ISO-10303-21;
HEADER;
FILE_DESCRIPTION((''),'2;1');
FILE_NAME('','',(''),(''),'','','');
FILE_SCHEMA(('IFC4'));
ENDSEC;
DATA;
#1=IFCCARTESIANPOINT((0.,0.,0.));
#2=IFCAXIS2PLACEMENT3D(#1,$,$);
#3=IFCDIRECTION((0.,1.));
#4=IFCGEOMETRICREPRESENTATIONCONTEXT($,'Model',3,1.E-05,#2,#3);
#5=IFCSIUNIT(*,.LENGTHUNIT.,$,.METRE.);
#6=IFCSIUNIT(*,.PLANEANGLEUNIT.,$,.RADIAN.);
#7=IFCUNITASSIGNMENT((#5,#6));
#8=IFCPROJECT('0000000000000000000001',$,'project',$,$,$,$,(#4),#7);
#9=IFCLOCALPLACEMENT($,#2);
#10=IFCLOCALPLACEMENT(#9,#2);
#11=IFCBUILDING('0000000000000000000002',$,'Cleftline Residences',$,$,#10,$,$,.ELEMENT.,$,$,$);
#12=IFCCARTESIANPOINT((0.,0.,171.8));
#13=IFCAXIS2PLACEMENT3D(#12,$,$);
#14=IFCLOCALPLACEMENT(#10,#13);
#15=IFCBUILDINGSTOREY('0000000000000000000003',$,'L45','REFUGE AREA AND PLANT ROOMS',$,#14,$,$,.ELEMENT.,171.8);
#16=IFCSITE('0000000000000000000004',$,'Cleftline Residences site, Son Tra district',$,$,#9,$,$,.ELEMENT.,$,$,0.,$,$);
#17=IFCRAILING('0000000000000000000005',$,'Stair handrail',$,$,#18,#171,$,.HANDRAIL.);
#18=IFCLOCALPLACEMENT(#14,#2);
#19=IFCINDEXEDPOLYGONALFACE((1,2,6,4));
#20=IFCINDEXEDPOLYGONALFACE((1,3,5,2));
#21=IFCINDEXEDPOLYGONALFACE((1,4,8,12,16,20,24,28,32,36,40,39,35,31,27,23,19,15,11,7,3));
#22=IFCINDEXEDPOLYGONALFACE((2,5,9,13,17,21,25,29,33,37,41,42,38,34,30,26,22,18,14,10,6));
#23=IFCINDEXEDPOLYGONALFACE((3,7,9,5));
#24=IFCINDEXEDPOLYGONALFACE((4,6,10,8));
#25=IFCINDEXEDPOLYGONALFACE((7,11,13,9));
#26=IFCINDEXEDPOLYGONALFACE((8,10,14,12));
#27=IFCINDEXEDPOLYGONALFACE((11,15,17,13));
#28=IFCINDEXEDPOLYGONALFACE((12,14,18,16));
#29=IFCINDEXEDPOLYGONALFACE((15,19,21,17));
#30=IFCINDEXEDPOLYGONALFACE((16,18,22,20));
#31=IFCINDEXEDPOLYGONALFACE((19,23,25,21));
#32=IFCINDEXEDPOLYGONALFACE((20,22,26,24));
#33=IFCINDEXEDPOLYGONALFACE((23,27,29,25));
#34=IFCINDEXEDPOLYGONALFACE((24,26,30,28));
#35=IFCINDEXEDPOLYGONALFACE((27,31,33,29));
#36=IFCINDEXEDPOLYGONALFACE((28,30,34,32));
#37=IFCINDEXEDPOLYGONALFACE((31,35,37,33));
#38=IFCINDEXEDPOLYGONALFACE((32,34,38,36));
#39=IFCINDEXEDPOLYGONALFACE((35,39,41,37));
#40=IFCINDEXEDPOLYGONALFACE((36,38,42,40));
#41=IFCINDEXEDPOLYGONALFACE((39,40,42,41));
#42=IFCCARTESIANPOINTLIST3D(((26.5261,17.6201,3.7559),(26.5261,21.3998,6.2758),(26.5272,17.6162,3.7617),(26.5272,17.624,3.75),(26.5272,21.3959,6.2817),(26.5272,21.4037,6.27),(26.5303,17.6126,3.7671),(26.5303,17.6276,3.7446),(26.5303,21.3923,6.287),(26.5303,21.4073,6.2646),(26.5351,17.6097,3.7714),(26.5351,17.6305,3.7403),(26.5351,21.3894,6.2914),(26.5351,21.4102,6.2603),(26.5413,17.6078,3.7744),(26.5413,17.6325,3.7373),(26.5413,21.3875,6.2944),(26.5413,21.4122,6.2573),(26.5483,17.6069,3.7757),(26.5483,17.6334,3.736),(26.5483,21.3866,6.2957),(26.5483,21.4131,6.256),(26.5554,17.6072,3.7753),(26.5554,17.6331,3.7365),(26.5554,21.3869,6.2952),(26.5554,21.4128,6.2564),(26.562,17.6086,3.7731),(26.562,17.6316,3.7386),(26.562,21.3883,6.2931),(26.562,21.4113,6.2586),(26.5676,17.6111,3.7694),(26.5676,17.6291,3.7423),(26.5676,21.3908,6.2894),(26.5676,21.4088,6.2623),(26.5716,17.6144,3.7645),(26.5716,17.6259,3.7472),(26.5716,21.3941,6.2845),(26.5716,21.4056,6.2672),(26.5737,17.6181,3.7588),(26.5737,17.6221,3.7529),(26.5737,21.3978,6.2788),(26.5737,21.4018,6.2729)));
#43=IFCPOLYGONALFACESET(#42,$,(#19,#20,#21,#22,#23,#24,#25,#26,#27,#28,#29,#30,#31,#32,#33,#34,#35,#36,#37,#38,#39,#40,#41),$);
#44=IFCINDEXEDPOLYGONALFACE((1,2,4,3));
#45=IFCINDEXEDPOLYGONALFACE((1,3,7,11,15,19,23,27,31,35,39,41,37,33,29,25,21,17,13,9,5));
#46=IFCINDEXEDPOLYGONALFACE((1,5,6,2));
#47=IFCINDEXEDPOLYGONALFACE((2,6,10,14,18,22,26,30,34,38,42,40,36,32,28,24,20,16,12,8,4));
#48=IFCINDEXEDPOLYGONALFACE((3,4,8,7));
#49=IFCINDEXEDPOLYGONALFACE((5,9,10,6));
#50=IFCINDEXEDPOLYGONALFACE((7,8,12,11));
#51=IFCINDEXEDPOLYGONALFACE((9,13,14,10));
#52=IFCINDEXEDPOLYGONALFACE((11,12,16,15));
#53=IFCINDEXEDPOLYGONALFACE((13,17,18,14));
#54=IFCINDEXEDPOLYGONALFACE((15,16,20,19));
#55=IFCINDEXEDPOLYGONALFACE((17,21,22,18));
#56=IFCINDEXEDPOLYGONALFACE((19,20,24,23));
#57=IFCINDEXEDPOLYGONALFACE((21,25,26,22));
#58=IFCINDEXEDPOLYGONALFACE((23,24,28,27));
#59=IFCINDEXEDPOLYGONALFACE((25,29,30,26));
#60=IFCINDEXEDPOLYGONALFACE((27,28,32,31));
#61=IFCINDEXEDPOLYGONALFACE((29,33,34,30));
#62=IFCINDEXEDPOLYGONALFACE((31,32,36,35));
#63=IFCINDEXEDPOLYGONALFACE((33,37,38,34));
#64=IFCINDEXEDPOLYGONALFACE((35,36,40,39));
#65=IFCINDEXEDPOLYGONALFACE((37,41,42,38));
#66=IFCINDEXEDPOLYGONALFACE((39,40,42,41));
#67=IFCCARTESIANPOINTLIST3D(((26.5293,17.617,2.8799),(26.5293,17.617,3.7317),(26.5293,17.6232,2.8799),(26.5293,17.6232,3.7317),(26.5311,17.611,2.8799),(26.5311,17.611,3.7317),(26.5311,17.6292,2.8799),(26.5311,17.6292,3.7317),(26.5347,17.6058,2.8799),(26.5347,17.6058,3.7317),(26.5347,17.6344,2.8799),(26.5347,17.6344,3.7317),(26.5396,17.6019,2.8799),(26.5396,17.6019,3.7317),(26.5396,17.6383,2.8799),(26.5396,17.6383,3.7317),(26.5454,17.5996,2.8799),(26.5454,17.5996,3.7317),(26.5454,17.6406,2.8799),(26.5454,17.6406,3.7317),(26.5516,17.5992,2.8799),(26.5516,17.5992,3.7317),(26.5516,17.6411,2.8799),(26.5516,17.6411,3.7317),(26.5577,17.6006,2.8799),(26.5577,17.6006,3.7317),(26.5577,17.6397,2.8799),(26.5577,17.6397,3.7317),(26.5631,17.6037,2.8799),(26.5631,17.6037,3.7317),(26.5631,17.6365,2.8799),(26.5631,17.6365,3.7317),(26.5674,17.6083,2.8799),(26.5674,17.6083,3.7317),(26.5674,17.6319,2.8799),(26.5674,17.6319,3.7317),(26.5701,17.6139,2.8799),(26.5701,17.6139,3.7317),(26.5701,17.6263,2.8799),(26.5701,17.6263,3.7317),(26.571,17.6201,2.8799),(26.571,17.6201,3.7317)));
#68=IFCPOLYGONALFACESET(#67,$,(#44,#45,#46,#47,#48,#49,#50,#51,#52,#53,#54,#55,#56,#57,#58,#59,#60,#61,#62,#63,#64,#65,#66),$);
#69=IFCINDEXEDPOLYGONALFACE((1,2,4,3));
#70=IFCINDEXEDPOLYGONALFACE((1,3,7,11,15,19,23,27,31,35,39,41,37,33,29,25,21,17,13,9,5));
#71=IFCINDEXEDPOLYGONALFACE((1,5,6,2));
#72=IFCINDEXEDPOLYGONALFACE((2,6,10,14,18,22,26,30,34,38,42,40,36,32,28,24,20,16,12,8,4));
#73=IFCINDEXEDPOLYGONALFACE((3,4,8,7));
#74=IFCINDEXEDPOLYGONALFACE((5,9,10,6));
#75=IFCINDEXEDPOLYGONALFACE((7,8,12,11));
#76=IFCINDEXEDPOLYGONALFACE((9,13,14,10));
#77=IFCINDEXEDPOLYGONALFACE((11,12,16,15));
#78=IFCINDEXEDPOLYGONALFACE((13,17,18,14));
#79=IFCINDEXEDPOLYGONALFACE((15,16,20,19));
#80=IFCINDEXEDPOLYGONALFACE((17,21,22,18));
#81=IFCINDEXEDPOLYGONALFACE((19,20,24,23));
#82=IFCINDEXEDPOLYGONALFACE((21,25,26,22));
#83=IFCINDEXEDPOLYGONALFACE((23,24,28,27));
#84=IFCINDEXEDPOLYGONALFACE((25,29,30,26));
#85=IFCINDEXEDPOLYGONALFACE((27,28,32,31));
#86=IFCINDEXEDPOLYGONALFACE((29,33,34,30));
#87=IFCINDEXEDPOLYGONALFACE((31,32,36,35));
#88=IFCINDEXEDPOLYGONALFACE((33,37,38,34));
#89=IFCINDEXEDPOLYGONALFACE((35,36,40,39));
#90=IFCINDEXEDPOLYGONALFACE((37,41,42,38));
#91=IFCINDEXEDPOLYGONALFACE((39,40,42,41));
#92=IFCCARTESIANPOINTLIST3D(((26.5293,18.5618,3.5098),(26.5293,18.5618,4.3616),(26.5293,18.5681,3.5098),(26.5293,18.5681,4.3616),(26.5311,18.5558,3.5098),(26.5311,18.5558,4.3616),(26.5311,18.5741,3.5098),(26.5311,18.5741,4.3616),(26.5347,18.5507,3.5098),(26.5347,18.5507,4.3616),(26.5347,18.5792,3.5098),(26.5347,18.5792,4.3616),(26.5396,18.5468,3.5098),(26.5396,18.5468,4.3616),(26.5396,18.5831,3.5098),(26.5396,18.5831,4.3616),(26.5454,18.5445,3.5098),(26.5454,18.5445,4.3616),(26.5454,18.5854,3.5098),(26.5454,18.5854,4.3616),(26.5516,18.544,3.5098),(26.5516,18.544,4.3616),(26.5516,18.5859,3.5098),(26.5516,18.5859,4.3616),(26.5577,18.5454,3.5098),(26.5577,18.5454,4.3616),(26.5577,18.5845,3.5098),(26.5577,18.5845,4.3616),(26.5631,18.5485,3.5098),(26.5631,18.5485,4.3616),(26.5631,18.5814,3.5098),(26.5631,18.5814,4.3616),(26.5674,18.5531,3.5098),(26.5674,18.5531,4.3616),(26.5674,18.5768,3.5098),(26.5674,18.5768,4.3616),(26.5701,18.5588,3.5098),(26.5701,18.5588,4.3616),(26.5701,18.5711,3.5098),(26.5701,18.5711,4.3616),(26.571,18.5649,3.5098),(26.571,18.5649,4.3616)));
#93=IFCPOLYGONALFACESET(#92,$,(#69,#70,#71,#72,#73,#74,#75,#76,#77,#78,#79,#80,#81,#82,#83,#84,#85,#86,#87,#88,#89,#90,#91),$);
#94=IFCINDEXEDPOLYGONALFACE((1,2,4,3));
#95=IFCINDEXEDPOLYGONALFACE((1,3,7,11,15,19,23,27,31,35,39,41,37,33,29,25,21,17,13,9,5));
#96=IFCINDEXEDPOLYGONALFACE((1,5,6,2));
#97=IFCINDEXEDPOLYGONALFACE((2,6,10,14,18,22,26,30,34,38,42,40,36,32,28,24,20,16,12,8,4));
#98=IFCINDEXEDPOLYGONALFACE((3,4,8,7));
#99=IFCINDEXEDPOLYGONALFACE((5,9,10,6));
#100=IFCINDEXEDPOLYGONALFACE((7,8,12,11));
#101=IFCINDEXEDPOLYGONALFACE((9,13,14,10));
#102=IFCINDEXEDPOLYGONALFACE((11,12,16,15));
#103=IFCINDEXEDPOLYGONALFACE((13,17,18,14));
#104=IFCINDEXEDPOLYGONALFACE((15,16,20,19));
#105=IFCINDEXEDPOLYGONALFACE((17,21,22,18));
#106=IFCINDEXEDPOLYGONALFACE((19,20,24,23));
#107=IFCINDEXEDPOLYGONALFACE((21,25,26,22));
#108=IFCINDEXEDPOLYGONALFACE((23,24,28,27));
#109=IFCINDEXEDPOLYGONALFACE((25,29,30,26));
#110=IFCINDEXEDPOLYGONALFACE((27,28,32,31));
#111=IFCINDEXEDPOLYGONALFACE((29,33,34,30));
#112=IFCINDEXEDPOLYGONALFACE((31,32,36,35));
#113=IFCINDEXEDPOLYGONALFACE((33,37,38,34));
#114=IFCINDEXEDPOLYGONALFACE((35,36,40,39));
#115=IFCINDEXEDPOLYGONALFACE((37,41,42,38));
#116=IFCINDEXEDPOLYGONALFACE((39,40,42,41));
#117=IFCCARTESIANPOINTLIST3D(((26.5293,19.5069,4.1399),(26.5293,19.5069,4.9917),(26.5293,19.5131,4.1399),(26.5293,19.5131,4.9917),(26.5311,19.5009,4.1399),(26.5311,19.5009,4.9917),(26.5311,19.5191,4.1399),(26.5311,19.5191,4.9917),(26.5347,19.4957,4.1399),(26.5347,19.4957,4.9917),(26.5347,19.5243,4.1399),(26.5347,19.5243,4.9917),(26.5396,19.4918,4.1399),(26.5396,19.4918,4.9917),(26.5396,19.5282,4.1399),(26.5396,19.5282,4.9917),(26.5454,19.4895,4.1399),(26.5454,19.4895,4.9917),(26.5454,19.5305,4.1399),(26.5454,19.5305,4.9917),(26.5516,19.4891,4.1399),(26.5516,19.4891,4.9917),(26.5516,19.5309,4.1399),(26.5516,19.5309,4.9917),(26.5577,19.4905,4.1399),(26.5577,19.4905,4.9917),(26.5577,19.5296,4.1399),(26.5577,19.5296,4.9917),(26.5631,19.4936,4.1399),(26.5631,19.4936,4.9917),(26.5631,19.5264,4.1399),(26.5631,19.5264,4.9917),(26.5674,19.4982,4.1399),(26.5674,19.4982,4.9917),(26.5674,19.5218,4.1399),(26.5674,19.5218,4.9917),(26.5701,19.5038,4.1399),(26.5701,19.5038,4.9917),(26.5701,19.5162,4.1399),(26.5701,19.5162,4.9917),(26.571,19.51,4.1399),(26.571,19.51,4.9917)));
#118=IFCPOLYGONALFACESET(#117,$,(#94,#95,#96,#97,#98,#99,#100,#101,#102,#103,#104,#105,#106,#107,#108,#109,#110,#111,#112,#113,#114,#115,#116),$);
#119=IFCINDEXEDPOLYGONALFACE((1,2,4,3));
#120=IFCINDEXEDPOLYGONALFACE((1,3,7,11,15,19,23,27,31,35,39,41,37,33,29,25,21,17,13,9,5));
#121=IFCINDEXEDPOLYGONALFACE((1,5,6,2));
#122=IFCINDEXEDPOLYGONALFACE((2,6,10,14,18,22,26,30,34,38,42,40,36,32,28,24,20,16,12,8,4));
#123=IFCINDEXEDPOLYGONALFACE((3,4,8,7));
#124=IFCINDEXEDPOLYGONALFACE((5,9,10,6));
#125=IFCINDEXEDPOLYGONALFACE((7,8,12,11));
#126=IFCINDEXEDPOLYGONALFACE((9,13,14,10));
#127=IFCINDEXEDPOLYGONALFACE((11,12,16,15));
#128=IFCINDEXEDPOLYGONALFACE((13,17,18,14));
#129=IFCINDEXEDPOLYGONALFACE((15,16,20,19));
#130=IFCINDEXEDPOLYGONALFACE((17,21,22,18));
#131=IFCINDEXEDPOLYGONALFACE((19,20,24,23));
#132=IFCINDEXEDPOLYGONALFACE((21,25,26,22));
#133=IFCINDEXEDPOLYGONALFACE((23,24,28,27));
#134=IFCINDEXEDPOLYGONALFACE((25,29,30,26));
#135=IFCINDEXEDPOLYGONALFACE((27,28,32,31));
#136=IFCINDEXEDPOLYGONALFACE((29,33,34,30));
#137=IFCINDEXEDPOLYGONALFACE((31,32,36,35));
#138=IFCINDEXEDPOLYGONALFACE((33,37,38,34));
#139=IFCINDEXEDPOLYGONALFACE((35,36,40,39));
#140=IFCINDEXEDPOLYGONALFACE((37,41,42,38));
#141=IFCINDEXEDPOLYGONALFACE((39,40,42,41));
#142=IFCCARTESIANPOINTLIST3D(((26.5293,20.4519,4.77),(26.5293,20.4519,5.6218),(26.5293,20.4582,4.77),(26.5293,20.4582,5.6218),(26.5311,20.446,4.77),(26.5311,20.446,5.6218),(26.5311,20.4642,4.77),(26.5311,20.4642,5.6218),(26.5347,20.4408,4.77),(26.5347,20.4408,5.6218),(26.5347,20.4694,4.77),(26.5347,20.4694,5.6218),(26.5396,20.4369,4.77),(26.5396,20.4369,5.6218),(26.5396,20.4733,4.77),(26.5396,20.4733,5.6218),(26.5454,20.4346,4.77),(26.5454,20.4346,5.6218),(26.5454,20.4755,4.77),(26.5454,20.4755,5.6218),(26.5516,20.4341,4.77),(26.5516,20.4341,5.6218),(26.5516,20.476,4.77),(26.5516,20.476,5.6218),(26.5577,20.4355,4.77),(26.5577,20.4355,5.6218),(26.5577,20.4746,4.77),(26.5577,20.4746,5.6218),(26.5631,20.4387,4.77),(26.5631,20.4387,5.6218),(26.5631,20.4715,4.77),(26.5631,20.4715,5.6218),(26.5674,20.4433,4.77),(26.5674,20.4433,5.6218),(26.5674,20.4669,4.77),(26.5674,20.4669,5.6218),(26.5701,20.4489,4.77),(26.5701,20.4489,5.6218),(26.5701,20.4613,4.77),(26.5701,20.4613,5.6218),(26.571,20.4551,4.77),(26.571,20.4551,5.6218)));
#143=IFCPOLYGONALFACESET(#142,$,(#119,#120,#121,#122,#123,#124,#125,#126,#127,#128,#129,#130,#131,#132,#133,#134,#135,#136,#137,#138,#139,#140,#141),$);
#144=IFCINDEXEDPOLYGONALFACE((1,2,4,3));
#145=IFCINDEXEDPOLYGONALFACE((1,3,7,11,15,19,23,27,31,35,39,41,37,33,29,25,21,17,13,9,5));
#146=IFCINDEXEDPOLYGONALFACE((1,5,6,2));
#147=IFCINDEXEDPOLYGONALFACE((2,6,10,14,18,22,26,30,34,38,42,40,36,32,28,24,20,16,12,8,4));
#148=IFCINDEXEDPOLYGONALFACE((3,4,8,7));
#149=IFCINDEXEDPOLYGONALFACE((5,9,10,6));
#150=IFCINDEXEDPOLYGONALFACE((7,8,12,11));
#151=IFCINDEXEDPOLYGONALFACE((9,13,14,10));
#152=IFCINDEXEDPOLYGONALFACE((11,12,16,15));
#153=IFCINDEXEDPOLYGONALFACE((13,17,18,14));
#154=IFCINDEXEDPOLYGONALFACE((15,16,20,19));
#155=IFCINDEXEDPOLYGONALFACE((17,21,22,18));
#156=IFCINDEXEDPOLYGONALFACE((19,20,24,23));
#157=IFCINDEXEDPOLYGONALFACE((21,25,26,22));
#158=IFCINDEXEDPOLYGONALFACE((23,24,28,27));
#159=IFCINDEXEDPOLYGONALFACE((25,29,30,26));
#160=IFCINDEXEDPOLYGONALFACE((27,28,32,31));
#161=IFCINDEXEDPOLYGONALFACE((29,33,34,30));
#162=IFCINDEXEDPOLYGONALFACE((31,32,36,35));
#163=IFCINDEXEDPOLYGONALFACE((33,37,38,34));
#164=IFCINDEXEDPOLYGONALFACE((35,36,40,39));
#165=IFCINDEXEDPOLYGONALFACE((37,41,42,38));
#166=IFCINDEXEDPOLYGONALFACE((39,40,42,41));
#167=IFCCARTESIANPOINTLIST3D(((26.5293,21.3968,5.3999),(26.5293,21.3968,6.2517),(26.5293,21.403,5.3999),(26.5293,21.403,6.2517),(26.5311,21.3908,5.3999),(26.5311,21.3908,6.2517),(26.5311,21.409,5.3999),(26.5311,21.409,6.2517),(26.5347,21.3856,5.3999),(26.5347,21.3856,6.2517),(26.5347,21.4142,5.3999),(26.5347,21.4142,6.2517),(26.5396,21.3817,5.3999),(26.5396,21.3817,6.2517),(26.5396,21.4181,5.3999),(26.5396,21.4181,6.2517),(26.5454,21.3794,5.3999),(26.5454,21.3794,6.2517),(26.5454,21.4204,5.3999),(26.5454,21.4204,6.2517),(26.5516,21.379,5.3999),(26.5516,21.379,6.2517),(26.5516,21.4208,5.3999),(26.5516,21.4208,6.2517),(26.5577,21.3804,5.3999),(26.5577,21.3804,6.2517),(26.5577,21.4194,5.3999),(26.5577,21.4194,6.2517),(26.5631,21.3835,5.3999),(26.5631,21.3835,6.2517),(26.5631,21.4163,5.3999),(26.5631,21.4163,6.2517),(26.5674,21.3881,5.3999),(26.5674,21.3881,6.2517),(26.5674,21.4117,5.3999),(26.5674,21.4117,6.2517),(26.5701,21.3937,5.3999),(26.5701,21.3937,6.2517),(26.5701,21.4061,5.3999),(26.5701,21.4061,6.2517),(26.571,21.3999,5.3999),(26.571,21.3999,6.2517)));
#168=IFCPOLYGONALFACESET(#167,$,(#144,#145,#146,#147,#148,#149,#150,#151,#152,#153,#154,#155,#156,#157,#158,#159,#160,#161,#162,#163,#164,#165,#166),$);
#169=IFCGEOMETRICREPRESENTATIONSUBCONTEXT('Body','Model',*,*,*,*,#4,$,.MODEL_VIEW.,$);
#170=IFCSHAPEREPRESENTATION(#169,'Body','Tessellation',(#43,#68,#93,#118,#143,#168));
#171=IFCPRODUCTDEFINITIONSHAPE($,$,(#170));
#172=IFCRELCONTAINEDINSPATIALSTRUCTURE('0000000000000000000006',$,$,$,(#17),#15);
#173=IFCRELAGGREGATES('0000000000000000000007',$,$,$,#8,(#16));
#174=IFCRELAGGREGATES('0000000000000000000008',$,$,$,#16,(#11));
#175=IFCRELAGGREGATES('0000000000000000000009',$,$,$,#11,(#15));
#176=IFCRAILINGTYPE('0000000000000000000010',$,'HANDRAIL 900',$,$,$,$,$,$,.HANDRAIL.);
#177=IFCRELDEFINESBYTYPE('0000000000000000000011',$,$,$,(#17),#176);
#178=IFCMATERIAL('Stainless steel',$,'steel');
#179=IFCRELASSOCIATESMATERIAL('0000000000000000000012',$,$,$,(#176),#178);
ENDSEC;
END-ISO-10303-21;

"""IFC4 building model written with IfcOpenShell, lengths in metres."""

from ifc_helpers import new_model, si_unit, direction, frame, origin, origin_2d, place, context, subcontext, project, spatial, circle, extrude, material, type_object, element, save


model = new_model("IFC4")

# Units and contexts
model_context = context("Model", 3, precision=1e-05, world=origin(), true_north=direction((0.0, 1.0)))
body_context = subcontext(model_context, "Body", "Model", "MODEL_VIEW")
ifc_project = project(units=[si_unit("LENGTHUNIT", "METRE"), si_unit("PLANEANGLEUNIT", "RADIAN")], contexts=[model_context])

# Site, building, storey
site_placement = place(None, origin())
site = spatial("IfcSite", under=ifc_project, at=site_placement, Name="Cleftline Residences site, Son Tra district", CompositionType="ELEMENT", RefElevation=0.0)
building_placement = place(site_placement, origin())
building = spatial("IfcBuilding", under=site, at=building_placement, Name="Cleftline Residences", CompositionType="ELEMENT")
storey_placement = place(building_placement, frame((0.0, 0.0, 171.8)))
storey = spatial("IfcBuildingStorey", under=building, at=storey_placement, Name="L45", Description="REFUGE AREA AND PLANT ROOMS", CompositionType="ELEMENT", Elevation=171.8)

# Railing
ifc_material_1 = material(Name="Stainless steel", Category="steel")
railing_type = type_object("IfcRailingType", Name="HANDRAIL 900", PredefinedType="HANDRAIL", material=ifc_material_1)
railing_1_placement = place(storey_placement, frame((26.55, 17.6201, 2.8799)))
element("IfcRailing", 1, at=railing_1_placement, inside=storey, type_object=railing_type, Name="Stair handrail", PredefinedType="HANDRAIL", context=body_context, shape_type="SweptSolid", body=[
    extrude(circle(Radius=0.0239, at=origin_2d()), frame((0.0, 0.0, 0.876), z_axis=(0.0, 0.832034, 0.554725), x_axis=(-1.0, 0.0, 0.0)), (0.0, 0.0, 1.0), 4.5427),
    extrude(circle(Radius=0.021, at=origin_2d()), origin(), (0.0, 0.0, 1.0), 0.8518),
    extrude(circle(Radius=0.021, at=origin_2d()), frame((0.0, 0.9448, 0.6299)), (0.0, 0.0, 1.0), 0.8518),
    extrude(circle(Radius=0.021, at=origin_2d()), frame((0.0, 1.8899, 1.26)), (0.0, 0.0, 1.0), 0.8518),
    extrude(circle(Radius=0.021, at=origin_2d()), frame((0.0, 2.835, 1.8901)), (0.0, 0.0, 1.0), 0.8518),
    extrude(circle(Radius=0.021, at=origin_2d()), frame((0.0, 3.7798, 2.52)), (0.0, 0.0, 1.0), 0.8518),
])

save(model, "model.ifc")
